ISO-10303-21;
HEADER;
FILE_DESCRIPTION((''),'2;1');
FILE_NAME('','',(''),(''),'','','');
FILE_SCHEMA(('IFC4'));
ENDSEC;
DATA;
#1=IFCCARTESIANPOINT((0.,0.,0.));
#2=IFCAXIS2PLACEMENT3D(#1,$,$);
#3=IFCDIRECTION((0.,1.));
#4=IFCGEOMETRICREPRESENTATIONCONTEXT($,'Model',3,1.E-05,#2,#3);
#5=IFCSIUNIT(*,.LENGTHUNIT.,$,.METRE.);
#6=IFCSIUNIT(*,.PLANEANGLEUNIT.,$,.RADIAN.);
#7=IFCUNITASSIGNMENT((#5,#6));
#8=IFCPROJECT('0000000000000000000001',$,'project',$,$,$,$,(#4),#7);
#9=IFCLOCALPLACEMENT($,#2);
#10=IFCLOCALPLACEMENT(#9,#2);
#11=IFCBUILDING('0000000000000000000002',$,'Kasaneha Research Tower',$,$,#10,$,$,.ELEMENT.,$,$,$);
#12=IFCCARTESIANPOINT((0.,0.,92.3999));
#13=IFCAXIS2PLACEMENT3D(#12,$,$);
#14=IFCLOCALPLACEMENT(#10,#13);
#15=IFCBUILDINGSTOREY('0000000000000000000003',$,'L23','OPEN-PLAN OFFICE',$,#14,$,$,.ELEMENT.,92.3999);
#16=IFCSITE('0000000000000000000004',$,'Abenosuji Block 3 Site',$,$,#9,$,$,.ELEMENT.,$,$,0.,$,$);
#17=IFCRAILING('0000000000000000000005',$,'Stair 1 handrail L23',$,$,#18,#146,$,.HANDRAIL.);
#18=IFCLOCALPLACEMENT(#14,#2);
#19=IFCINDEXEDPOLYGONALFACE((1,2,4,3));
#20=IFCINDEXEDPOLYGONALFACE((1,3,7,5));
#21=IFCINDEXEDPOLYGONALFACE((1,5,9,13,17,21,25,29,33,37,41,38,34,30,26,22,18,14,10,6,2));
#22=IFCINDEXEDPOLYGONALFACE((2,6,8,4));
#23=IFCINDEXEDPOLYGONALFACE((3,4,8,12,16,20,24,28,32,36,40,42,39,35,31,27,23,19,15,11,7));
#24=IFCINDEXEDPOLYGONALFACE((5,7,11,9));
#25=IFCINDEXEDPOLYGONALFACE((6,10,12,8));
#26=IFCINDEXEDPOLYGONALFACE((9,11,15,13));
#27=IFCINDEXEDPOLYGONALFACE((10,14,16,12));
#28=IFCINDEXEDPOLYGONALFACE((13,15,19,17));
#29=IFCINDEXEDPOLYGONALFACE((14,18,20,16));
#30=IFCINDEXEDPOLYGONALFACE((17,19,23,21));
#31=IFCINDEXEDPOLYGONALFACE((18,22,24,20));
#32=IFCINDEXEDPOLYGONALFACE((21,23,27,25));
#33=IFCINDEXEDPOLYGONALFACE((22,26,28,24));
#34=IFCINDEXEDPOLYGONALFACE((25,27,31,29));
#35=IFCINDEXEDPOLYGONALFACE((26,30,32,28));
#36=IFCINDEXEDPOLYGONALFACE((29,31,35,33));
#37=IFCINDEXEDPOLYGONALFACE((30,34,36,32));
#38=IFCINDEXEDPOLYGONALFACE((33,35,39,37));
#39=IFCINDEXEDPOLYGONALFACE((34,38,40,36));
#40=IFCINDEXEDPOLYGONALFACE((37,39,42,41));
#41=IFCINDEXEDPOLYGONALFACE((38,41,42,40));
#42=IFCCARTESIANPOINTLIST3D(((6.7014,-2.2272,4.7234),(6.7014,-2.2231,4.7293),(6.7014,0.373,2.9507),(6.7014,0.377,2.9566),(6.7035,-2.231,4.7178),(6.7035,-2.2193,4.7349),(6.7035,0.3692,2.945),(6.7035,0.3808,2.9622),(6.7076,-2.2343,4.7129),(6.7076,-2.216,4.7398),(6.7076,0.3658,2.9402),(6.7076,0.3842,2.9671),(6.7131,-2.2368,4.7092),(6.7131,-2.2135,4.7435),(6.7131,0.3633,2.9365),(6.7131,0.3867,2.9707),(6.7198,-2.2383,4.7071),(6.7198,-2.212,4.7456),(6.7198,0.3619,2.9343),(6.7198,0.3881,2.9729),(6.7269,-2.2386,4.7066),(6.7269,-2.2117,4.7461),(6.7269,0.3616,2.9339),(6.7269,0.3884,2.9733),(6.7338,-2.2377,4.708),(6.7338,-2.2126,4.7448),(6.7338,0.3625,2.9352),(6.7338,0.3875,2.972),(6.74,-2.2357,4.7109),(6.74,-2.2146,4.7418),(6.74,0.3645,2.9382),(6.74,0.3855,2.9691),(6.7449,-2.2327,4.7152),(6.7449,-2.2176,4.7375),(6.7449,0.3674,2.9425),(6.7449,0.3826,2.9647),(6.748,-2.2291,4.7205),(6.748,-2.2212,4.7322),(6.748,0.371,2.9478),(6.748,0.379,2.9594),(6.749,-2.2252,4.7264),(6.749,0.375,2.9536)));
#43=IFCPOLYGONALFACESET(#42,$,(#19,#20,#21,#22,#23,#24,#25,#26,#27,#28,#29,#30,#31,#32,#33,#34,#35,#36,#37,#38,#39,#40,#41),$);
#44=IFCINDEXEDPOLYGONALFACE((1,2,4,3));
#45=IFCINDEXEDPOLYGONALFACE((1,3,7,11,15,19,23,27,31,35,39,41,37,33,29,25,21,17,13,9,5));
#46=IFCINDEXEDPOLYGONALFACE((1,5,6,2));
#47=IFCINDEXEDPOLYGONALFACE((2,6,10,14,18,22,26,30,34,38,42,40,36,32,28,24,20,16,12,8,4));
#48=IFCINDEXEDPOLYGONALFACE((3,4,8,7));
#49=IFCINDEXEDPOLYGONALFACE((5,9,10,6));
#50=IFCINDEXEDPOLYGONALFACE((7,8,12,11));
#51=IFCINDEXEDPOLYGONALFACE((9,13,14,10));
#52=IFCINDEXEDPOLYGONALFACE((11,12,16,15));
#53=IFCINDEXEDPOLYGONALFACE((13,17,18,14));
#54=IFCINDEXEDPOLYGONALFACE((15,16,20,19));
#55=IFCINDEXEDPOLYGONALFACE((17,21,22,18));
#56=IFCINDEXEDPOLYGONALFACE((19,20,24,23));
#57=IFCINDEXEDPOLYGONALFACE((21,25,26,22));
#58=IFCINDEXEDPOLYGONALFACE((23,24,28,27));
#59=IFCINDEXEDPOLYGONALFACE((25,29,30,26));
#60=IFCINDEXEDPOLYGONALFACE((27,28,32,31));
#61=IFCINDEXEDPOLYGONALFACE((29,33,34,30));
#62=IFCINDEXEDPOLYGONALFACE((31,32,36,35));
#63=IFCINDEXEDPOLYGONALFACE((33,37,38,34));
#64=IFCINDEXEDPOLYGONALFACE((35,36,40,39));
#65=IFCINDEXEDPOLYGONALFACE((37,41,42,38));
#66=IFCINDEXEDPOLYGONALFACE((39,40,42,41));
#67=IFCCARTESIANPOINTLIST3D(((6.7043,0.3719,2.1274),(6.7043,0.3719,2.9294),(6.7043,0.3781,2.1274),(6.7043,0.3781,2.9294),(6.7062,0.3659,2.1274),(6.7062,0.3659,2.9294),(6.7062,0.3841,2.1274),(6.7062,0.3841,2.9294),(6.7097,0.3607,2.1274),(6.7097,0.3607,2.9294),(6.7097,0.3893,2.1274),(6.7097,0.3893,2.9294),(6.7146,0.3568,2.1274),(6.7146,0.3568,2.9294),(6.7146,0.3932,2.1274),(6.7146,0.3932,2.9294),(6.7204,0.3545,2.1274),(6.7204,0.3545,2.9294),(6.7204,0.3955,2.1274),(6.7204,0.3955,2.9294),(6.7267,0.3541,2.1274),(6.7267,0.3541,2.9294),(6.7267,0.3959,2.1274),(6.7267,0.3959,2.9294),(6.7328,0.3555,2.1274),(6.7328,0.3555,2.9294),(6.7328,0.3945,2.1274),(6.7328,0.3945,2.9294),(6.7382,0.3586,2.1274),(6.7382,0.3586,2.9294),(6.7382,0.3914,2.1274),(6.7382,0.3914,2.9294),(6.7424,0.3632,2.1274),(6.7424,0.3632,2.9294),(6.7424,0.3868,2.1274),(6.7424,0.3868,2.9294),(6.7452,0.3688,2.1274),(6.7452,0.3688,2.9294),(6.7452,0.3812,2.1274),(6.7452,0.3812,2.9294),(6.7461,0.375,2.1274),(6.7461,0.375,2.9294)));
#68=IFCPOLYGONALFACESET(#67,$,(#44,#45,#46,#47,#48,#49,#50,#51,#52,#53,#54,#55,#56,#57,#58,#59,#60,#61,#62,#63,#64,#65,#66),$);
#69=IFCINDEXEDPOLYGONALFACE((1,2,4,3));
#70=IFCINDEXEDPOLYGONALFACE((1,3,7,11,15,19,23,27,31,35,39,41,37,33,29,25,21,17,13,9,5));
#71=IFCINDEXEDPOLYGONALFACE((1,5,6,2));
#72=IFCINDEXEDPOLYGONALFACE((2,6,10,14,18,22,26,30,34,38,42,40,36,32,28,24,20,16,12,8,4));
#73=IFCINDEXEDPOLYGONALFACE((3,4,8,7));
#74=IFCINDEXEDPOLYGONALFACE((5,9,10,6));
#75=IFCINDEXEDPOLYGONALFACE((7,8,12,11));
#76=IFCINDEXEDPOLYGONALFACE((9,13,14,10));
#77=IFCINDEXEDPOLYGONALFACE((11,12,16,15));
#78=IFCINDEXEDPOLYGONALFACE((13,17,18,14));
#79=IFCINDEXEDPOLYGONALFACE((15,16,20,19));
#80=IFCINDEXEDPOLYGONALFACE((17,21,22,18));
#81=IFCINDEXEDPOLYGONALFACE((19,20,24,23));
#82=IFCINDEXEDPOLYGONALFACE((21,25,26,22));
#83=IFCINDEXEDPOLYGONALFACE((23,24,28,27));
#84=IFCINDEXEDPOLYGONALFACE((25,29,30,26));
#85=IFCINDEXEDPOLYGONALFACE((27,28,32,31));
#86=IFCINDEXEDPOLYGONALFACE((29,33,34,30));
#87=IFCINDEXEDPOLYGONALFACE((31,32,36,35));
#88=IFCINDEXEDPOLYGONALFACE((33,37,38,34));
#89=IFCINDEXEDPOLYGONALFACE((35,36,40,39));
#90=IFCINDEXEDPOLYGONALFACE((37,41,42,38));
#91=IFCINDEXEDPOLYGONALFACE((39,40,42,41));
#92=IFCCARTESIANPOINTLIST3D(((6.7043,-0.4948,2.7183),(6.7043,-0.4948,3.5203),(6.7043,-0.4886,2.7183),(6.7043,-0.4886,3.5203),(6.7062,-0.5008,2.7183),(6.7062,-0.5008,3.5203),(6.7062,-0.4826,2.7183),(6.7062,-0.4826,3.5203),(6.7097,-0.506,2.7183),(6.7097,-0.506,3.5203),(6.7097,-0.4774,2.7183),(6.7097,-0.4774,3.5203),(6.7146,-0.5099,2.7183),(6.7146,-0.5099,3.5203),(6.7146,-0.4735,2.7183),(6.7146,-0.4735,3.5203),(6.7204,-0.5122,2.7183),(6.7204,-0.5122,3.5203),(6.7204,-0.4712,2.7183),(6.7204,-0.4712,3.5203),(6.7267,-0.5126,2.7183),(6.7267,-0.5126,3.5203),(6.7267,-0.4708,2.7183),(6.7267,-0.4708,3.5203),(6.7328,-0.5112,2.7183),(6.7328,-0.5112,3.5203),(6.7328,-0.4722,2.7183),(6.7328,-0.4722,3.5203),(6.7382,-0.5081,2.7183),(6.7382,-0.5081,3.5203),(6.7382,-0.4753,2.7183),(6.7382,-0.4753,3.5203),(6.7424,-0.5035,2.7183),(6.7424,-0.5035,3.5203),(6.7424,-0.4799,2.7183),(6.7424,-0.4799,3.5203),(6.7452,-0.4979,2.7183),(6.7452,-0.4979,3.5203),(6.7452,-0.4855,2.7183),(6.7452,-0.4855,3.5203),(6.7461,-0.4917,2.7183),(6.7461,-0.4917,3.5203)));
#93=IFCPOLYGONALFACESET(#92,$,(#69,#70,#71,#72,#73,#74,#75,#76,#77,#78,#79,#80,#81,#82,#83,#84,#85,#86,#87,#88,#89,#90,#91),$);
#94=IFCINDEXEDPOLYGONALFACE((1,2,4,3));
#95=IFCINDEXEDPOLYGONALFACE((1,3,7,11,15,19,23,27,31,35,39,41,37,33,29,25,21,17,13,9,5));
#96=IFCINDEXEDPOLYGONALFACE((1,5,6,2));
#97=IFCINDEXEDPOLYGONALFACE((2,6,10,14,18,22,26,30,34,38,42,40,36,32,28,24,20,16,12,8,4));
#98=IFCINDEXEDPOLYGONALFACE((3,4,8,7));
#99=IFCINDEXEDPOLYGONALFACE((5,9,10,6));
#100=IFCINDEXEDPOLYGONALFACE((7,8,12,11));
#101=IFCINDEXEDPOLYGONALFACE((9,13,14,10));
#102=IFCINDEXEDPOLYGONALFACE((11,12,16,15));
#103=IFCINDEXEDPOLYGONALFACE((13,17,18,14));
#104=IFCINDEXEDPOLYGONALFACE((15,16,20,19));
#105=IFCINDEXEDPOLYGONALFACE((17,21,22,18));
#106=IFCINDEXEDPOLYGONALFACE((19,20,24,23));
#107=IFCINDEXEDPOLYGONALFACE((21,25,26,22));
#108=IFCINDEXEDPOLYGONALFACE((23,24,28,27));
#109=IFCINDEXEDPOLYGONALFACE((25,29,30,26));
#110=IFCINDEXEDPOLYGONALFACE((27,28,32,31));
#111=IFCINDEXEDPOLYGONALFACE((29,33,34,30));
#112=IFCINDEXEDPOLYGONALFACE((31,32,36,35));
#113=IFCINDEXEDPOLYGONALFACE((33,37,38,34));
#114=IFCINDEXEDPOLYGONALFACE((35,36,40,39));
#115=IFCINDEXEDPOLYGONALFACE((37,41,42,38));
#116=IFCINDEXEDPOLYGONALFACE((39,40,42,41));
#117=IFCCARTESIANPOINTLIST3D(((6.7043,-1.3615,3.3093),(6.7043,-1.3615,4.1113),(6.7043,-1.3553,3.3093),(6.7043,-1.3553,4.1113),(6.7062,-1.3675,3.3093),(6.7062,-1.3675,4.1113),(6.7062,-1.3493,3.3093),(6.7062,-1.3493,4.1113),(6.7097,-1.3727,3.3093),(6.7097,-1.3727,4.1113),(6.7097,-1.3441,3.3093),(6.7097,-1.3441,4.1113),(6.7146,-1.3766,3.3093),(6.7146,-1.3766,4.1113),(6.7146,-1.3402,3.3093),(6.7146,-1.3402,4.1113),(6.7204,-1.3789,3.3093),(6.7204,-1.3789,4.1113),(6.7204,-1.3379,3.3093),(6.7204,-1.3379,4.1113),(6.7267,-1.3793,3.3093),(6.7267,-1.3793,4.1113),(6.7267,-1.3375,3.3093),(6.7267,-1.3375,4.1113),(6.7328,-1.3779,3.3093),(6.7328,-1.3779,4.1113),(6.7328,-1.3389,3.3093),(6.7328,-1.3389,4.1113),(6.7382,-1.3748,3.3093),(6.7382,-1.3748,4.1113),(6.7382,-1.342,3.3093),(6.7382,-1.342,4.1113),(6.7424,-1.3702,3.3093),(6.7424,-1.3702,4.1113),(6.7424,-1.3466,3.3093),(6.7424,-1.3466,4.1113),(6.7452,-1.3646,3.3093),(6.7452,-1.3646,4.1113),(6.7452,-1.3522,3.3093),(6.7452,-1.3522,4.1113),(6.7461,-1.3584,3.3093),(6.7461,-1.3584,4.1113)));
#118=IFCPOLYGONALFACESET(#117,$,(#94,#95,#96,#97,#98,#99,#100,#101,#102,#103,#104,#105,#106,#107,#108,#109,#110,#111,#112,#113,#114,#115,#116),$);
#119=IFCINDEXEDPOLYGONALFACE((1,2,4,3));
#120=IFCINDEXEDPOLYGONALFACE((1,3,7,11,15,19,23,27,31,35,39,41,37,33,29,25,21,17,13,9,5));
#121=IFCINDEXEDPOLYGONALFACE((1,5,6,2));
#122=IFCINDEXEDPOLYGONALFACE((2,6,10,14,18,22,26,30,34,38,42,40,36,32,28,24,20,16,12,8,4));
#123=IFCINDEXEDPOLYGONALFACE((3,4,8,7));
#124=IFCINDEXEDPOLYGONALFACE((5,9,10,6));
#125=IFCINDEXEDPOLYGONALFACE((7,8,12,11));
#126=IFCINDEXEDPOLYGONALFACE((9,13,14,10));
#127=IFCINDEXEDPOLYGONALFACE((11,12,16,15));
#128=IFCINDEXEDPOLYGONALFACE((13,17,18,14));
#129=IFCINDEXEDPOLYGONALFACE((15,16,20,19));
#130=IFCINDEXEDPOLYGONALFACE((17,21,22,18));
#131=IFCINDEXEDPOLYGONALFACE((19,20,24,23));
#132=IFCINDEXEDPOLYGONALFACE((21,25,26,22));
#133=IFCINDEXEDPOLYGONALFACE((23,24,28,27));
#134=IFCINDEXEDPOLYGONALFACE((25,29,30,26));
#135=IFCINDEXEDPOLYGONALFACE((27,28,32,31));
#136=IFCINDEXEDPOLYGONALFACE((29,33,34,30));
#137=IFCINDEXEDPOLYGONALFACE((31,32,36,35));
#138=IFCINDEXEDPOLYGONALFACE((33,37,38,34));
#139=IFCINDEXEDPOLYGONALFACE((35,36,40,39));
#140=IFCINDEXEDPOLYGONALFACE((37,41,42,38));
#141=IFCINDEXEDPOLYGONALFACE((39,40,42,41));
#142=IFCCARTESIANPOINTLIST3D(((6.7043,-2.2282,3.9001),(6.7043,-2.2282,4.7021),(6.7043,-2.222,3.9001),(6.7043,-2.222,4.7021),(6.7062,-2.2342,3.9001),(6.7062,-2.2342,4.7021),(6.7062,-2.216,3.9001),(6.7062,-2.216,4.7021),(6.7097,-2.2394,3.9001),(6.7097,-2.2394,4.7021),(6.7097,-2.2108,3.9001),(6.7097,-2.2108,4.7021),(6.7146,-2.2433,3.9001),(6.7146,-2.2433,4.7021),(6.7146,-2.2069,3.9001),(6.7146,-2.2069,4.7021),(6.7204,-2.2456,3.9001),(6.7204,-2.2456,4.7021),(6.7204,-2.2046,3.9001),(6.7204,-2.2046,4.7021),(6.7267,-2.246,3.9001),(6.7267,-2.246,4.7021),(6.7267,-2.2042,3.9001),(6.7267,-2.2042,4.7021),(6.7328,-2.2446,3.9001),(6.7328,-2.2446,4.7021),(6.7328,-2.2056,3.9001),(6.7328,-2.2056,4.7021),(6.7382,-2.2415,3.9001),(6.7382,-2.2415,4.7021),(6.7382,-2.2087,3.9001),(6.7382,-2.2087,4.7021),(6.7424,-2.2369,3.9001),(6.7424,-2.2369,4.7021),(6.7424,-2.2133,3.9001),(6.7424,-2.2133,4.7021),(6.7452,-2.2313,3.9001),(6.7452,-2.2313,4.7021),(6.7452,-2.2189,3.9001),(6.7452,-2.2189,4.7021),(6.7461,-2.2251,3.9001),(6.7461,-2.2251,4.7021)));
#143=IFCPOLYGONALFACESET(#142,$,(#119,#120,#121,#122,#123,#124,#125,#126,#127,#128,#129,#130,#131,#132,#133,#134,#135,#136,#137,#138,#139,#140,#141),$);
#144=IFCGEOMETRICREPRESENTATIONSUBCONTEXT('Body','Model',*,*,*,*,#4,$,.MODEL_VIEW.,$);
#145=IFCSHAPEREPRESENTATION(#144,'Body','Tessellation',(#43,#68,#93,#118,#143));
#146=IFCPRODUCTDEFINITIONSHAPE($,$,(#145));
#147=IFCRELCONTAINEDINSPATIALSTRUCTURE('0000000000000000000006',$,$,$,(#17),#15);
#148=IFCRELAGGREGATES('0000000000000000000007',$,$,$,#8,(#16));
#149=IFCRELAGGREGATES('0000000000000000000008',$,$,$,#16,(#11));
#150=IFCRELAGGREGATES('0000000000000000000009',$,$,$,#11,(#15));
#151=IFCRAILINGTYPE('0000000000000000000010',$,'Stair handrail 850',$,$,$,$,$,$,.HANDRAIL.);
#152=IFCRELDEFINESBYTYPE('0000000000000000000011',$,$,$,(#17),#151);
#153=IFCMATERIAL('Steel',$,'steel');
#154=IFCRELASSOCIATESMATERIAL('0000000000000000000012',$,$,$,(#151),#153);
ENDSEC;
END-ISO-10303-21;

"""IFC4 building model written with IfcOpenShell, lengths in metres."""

from ifc_helpers import new_model, si_unit, direction, frame, origin, origin_2d, place, context, subcontext, project, spatial, circle, extrude, material, type_object, element, save


model = new_model("IFC4")

# Units and contexts
model_context = context("Model", 3, precision=1e-05, world=origin(), true_north=direction((0.0, 1.0)))
body_context = subcontext(model_context, "Body", "Model", "MODEL_VIEW")
ifc_project = project(units=[si_unit("LENGTHUNIT", "METRE"), si_unit("PLANEANGLEUNIT", "RADIAN")], contexts=[model_context])

# Site, building, storey
site_placement = place(None, origin())
site = spatial("IfcSite", under=ifc_project, at=site_placement, Name="Abenosuji Block 3 Site", CompositionType="ELEMENT", RefElevation=0.0)
building_placement = place(site_placement, origin())
building = spatial("IfcBuilding", under=site, at=building_placement, Name="Kasaneha Research Tower", CompositionType="ELEMENT")
storey_placement = place(building_placement, frame((0.0, 0.0, 92.3999)))
storey = spatial("IfcBuildingStorey", under=building, at=storey_placement, Name="L23", Description="OPEN-PLAN OFFICE", CompositionType="ELEMENT", Elevation=92.3999)

# Railing
ifc_material_1 = material(Name="Steel", Category="steel")
railing_type = type_object("IfcRailingType", Name="Stair handrail 850", PredefinedType="HANDRAIL", material=ifc_material_1)
railing_placement = place(storey_placement, frame((6.7251, 0.375, 2.1274)))
element("IfcRailing", 1, at=railing_placement, inside=storey, type_object=railing_type, Name="Stair 1 handrail L23", PredefinedType="HANDRAIL", context=body_context, shape_type="SweptSolid", body=[
    extrude(circle(Radius=0.0239, at=origin_2d()), frame((0.0, 0.0, 0.8262), z_axis=(0.0, -0.82624, 0.563318), x_axis=(1.0, 0.0, 0.0)), (0.0, 0.0, 1.0), 3.147),
    extrude(circle(Radius=0.021, at=origin_2d()), origin(), (0.0, 0.0, 1.0), 0.802),
    extrude(circle(Radius=0.021, at=origin_2d()), frame((0.0, -0.8667, 0.5908)), (0.0, 0.0, 1.0), 0.802),
    extrude(circle(Radius=0.021, at=origin_2d()), frame((0.0, -1.7334, 1.1819)), (0.0, 0.0, 1.0), 0.802),
    extrude(circle(Radius=0.021, at=origin_2d()), frame((0.0, -2.6001, 1.7727)), (0.0, 0.0, 1.0), 0.802),
])

save(model, "model.ifc")
